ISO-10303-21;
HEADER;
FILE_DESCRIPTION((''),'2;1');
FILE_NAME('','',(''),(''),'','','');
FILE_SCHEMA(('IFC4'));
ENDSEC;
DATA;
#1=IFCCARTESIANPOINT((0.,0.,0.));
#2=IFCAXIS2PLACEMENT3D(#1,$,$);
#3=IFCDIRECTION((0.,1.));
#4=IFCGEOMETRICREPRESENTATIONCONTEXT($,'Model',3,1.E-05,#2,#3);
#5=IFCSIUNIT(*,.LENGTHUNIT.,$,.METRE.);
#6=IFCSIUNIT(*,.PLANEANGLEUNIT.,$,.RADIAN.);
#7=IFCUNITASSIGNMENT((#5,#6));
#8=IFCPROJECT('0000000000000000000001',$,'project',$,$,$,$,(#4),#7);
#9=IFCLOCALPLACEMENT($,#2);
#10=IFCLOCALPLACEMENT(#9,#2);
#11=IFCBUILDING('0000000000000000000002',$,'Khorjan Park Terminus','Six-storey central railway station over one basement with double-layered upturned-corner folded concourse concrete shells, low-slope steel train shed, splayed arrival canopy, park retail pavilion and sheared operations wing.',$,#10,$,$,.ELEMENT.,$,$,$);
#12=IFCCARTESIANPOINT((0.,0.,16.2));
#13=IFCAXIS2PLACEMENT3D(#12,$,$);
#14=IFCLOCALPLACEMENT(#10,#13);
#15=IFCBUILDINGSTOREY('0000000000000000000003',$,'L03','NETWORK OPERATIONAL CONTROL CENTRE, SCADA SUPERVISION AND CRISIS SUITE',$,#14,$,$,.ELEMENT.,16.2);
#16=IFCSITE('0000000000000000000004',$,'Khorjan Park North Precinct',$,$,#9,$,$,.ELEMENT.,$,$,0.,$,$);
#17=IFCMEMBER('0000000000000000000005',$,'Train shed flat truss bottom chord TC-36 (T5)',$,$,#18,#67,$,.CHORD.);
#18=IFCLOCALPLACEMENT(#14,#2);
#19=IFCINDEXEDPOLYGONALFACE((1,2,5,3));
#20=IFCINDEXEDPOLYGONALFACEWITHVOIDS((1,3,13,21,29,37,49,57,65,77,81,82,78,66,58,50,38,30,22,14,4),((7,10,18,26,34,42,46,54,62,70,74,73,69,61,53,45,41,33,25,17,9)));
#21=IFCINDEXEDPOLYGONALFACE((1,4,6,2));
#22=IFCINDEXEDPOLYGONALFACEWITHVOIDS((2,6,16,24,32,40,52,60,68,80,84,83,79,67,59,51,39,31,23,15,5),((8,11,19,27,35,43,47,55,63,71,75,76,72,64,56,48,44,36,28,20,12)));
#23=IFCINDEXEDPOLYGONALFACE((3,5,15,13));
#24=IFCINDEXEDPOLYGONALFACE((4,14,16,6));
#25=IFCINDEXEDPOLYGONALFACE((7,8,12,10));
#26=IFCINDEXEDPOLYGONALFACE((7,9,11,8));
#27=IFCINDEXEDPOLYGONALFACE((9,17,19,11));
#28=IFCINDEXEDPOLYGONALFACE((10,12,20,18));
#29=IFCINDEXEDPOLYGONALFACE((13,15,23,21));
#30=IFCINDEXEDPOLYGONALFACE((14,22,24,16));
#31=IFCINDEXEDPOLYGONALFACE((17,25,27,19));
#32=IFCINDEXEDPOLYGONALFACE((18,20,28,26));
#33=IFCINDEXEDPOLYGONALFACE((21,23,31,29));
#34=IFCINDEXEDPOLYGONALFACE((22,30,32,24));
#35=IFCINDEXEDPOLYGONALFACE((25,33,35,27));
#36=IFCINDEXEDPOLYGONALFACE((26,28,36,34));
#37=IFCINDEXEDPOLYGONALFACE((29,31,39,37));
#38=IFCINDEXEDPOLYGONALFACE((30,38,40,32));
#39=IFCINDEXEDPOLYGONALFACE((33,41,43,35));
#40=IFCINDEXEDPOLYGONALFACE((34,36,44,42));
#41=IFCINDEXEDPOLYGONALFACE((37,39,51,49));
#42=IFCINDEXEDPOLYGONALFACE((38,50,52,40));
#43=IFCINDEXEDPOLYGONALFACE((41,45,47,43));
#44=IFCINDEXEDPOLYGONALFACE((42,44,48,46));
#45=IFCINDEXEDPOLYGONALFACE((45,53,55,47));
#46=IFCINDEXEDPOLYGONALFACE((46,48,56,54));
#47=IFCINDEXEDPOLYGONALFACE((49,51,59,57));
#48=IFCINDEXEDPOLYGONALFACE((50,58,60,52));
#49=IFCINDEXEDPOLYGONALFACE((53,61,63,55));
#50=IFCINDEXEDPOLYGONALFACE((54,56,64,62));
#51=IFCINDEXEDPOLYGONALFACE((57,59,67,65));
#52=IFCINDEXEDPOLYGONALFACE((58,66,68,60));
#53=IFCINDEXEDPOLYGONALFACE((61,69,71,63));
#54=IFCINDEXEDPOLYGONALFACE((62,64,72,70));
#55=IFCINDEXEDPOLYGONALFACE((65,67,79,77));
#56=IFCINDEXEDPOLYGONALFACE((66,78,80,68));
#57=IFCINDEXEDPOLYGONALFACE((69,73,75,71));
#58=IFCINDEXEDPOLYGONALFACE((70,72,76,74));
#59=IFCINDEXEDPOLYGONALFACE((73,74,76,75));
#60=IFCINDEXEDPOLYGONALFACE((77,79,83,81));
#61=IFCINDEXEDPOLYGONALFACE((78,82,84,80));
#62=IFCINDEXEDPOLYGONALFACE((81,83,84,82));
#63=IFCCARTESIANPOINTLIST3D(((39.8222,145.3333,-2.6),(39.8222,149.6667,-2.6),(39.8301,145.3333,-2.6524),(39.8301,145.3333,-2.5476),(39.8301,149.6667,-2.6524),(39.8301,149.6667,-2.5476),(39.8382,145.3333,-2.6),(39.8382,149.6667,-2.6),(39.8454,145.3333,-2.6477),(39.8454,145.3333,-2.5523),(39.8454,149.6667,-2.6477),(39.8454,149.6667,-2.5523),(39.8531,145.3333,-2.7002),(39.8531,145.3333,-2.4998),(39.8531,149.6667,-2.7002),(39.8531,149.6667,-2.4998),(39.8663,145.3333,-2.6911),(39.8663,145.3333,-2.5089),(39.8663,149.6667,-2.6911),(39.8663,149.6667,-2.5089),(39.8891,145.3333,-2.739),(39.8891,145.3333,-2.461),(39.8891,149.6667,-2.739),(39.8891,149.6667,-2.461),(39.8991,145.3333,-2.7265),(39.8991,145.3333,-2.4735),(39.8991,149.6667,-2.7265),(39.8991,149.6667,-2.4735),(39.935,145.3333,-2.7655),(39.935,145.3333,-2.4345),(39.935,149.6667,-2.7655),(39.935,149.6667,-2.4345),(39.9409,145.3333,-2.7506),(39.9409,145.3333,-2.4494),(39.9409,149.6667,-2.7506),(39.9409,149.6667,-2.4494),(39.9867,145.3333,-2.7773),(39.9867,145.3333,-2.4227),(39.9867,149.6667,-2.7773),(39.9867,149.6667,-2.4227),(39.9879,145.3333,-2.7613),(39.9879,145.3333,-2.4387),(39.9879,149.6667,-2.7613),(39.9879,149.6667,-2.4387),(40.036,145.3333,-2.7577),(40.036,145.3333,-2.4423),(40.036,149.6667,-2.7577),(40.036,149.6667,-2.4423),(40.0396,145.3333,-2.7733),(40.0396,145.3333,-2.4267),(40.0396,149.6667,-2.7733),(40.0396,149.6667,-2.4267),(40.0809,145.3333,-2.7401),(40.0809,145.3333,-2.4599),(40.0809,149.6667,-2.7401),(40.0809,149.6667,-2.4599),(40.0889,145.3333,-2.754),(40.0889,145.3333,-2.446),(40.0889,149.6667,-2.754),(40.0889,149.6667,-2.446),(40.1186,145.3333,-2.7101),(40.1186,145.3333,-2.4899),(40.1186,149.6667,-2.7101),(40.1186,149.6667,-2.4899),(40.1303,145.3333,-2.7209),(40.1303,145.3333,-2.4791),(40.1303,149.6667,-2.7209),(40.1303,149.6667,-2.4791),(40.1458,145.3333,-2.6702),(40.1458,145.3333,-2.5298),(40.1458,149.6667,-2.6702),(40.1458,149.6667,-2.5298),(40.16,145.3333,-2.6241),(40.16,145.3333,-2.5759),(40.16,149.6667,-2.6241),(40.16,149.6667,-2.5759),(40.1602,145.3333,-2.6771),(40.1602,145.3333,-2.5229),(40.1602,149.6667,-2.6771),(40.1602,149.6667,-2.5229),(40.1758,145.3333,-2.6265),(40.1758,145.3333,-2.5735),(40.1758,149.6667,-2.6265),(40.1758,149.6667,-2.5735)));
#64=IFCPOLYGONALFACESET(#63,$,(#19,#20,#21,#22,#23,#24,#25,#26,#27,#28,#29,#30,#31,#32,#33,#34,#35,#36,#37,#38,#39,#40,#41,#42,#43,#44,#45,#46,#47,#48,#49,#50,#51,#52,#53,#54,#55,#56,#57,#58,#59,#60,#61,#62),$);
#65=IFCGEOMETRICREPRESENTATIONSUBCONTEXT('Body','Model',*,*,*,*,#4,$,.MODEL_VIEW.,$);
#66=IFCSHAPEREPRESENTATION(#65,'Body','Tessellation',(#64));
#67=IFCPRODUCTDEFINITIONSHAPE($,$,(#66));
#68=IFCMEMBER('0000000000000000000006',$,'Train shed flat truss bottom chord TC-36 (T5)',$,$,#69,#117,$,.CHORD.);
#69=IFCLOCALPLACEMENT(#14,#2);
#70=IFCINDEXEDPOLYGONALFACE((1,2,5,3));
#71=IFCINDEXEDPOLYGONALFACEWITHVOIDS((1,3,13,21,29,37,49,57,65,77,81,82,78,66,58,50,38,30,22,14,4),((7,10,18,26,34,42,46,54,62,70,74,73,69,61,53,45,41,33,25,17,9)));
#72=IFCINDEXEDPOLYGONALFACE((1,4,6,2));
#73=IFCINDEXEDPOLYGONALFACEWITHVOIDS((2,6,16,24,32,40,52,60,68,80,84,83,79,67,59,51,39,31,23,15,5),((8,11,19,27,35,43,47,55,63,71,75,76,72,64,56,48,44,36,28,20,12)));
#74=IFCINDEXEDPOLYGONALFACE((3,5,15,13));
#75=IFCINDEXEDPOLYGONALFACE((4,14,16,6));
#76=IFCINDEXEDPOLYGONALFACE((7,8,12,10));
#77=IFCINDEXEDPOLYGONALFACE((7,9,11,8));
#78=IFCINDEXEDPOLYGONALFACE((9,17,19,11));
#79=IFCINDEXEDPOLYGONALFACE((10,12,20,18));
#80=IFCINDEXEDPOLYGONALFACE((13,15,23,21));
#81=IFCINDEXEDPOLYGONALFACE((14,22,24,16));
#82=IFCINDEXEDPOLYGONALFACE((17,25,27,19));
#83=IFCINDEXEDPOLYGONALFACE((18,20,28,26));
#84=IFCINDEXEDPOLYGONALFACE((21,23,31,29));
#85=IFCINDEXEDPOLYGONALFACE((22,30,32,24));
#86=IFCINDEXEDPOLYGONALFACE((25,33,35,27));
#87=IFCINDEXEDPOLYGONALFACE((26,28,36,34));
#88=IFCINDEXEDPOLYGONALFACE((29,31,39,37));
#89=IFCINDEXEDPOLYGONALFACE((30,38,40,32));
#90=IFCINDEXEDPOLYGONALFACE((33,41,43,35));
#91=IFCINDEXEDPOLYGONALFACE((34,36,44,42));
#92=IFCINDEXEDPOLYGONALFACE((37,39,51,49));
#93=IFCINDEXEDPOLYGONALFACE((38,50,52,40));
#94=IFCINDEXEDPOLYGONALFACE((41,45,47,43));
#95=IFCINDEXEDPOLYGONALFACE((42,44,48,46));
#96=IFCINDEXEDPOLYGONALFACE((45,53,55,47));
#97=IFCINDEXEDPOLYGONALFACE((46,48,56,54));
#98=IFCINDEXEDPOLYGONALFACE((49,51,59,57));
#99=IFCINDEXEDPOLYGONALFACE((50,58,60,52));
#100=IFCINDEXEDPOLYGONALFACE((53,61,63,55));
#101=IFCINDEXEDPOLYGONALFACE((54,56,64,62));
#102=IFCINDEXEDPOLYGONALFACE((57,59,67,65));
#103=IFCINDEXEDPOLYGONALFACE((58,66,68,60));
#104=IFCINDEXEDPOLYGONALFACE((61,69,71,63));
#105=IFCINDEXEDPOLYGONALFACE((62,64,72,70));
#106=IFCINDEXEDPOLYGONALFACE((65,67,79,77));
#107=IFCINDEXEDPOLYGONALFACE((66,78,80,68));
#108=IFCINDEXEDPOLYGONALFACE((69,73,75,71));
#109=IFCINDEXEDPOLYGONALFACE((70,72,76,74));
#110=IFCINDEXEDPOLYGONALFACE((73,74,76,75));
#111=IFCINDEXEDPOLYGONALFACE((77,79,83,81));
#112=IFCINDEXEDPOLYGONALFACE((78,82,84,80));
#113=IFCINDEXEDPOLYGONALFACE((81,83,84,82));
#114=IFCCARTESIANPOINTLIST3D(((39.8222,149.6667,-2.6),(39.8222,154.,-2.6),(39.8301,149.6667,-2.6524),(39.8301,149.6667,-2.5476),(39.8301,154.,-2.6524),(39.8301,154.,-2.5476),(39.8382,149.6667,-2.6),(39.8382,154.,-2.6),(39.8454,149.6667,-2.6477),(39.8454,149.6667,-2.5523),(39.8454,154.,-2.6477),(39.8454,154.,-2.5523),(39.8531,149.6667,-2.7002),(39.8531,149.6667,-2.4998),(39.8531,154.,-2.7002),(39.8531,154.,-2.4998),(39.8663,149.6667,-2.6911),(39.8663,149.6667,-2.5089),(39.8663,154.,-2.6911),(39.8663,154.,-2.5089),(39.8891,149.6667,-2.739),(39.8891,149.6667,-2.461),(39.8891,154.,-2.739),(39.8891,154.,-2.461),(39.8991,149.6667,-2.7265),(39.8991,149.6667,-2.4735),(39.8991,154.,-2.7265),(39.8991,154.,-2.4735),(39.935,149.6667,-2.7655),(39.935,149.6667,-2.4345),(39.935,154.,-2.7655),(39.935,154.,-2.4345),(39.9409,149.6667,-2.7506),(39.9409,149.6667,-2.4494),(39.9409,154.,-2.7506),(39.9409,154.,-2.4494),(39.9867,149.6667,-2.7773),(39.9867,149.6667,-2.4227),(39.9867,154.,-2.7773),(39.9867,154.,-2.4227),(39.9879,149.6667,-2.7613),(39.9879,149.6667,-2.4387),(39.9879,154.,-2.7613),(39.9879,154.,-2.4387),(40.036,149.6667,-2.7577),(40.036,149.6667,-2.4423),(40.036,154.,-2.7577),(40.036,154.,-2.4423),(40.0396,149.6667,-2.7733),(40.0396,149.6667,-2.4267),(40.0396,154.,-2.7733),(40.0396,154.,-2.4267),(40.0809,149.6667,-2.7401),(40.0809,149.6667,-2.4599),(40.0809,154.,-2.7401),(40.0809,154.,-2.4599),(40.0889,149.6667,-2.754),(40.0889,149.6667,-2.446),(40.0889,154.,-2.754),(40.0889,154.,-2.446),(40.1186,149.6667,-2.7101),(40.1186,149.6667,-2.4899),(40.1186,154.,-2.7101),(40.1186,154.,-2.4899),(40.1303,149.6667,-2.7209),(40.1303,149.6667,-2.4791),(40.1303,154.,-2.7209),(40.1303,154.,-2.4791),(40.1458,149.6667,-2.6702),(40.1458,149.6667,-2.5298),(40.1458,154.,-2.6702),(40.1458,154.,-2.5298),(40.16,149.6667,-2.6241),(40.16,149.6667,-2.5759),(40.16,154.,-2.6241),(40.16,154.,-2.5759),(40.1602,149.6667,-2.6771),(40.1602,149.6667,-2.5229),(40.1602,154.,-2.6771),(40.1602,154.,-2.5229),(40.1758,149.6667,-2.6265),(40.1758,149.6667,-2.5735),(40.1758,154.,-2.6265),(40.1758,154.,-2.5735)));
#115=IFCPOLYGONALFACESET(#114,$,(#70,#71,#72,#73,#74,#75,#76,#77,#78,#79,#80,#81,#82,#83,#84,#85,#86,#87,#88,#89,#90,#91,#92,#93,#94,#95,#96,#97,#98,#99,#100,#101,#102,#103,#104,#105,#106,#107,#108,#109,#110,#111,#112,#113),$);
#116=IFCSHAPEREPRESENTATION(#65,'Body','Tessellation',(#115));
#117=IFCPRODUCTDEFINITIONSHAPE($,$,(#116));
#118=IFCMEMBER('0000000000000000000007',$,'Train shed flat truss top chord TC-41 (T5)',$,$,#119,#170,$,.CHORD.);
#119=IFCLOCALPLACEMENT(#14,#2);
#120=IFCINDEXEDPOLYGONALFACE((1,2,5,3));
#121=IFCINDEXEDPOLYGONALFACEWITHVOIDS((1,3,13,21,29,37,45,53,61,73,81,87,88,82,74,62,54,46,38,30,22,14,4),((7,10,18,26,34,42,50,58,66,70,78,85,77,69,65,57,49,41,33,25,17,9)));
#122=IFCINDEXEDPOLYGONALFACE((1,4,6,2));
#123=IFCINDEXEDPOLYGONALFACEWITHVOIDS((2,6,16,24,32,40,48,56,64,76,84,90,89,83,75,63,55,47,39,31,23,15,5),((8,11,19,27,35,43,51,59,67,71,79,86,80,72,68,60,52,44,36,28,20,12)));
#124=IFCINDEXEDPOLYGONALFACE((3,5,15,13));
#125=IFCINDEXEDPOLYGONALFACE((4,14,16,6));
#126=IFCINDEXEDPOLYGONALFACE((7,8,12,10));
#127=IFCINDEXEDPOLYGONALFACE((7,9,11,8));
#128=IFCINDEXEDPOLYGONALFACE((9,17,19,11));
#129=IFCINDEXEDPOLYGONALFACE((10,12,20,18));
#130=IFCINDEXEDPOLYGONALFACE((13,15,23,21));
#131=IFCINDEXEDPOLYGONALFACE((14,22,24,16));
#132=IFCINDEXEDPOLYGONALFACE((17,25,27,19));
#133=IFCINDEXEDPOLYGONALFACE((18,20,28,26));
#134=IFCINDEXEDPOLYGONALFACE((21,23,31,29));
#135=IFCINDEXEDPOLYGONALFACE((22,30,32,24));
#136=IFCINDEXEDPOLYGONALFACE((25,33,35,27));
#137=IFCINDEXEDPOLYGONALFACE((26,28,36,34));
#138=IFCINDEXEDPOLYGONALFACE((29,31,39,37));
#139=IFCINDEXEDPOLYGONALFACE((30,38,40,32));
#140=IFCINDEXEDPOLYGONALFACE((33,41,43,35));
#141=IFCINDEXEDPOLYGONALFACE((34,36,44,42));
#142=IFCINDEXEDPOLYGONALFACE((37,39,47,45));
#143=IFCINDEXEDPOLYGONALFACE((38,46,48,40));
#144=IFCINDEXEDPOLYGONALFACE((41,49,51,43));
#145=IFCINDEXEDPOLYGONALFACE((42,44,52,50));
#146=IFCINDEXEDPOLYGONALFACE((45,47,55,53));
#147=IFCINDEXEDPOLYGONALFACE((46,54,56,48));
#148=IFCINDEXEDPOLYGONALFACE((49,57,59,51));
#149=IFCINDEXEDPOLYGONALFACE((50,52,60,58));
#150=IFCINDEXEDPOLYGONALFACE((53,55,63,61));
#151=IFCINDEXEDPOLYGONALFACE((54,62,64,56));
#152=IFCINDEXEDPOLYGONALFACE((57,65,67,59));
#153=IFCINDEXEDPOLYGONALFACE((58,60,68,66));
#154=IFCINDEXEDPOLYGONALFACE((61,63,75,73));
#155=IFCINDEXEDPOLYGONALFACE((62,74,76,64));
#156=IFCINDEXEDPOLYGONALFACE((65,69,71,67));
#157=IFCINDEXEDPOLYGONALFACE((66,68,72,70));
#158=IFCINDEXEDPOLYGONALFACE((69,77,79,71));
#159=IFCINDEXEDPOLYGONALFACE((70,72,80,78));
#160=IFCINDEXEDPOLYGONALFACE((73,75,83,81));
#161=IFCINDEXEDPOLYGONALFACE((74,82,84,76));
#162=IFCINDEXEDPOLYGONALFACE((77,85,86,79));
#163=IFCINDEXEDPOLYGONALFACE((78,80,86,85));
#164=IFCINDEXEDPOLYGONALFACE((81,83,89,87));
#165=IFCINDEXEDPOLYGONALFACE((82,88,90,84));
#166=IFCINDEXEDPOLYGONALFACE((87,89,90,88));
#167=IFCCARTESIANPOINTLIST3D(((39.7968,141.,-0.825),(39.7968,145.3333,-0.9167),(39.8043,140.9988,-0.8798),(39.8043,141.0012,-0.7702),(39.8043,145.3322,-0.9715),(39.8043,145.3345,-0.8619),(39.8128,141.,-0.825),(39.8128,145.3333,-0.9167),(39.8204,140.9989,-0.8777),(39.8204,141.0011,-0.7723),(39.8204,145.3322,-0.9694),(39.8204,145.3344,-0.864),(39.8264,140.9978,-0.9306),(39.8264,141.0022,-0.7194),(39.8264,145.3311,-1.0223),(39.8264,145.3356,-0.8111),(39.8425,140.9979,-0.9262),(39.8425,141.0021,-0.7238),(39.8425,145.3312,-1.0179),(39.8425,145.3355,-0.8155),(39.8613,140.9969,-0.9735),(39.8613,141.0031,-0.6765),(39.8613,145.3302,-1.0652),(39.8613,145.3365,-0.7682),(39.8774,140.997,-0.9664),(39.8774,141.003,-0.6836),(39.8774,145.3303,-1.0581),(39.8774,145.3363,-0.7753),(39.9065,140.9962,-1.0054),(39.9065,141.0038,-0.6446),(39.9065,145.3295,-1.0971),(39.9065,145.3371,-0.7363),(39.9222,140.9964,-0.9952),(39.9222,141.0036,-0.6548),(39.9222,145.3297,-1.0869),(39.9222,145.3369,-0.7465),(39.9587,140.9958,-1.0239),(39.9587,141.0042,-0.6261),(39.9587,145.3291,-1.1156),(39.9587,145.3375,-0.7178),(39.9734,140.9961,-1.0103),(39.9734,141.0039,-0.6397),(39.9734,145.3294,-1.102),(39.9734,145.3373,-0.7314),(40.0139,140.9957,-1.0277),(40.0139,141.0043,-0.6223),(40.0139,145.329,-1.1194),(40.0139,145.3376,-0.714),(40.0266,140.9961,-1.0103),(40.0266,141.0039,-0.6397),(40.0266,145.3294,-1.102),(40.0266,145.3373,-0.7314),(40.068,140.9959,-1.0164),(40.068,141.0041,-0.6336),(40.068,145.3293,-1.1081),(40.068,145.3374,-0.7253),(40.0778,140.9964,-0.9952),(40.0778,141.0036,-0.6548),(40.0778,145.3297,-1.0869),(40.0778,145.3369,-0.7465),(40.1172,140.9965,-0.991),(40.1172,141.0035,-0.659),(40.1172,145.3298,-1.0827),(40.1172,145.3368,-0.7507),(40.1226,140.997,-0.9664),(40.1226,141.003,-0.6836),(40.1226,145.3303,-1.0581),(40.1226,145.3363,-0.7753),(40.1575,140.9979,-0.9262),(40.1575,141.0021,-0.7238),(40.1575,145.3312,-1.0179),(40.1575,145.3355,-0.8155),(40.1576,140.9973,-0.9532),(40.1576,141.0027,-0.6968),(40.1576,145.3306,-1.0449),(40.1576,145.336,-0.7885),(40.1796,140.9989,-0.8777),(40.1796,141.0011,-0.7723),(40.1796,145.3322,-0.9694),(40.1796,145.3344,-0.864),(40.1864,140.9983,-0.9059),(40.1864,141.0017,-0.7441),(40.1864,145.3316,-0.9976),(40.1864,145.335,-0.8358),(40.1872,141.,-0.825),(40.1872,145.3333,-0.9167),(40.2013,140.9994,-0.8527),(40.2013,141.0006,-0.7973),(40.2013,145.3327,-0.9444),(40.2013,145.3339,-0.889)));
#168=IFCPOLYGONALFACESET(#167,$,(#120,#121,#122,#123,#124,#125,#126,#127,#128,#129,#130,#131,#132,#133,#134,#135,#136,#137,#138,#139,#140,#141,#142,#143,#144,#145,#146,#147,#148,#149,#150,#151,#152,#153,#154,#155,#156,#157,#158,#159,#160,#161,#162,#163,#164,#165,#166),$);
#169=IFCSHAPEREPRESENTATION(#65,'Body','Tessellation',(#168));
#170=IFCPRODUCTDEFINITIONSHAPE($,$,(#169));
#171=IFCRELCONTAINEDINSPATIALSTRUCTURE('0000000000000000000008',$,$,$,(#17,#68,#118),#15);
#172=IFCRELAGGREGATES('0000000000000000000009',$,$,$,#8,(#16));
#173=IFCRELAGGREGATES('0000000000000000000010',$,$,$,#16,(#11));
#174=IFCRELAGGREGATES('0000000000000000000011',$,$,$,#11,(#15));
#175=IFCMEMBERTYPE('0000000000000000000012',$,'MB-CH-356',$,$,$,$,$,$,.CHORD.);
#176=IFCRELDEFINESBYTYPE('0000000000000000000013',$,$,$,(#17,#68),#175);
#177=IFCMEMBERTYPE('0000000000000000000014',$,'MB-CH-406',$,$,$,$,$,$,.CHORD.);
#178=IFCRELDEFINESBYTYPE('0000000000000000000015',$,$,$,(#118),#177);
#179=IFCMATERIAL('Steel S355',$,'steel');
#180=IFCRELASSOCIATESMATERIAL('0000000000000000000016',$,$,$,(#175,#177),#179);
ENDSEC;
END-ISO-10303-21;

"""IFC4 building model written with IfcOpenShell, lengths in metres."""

from ifc_helpers import new_model, si_unit, direction, frame, origin, origin_2d, place, context, subcontext, project, spatial, hollow_circle, extrude, material, material_profile, profile_set, type_object, element, save


model = new_model("IFC4")

# Units and contexts
model_context = context("Model", 3, precision=1e-05, world=origin(), true_north=direction((0.0, 1.0)))
body_context = subcontext(model_context, "Body", "Model", "MODEL_VIEW")
ifc_project = project(units=[si_unit("LENGTHUNIT", "METRE"), si_unit("PLANEANGLEUNIT", "RADIAN")], contexts=[model_context])

# Site, building, storey
site_placement = place(None, origin())
site = spatial("IfcSite", under=ifc_project, at=site_placement, Name="Khorjan Park North Precinct", CompositionType="ELEMENT", RefElevation=0.0)
building_placement = place(site_placement, origin())
building = spatial("IfcBuilding", under=site, at=building_placement, Name="Khorjan Park Terminus", Description="Six-storey central railway station over one basement with double-layered upturned-corner folded concourse concrete shells, low-slope steel train shed, splayed arrival canopy, park retail pavilion and sheared operations wing.", CompositionType="ELEMENT")
storey_placement = place(building_placement, frame((0.0, 0.0, 16.2)))
storey = spatial("IfcBuildingStorey", under=building, at=storey_placement, Name="L03", Description="NETWORK OPERATIONAL CONTROL CENTRE, SCADA SUPERVISION AND CRISIS SUITE", CompositionType="ELEMENT", Elevation=16.2)

# Members
ifc_material = material(Name="Steel S355", Category="steel")
ifc_material_profile_1 = material_profile(ifc_material, hollow_circle(Radius=0.1778, WallThickness=0.016, at=origin_2d()), Name="CHS 355.6x16")
ifc_profile_set_1 = profile_set([ifc_material_profile_1], Name="Steel S355")
member_type_1 = type_object("IfcMemberType", Name="MB-CH-356", PredefinedType="CHORD", material=ifc_profile_set_1)
member_1_placement = place(storey_placement, frame((40.0, 145.3333, -2.6), z_axis=(0.0, 1.0, 0.0), x_axis=(-1.0, 0.0, 0.0)))
element("IfcMember", 1, at=member_1_placement, inside=storey, type_object=member_type_1, Name="Train shed flat truss bottom chord TC-36 (T5)", PredefinedType="CHORD", context=body_context, shape_type="SweptSolid", body=[
    extrude(hollow_circle(Radius=0.1778, WallThickness=0.016, at=origin_2d()), origin(), (0.0, 0.0, 1.0), 4.3334),
])
member_2_placement = place(storey_placement, frame((40.0, 149.6667, -2.6), z_axis=(0.0, 1.0, 0.0), x_axis=(-1.0, 0.0, 0.0)))
element("IfcMember", 2, at=member_2_placement, inside=storey, type_object=member_type_1, Name="Train shed flat truss bottom chord TC-36 (T5)", PredefinedType="CHORD", context=body_context, shape_type="SweptSolid", body=[
    extrude(hollow_circle(Radius=0.1778, WallThickness=0.016, at=origin_2d()), origin(), (0.0, 0.0, 1.0), 4.3333),
])
ifc_material_profile_2 = material_profile(ifc_material, hollow_circle(Radius=0.2032, WallThickness=0.016, at=origin_2d()), Name="CHS 406.4x16")
ifc_profile_set_2 = profile_set([ifc_material_profile_2], Name="Steel S355")
member_type_2 = type_object("IfcMemberType", Name="MB-CH-406", PredefinedType="CHORD", material=ifc_profile_set_2)
member_3_placement = place(storey_placement, frame((40.0, 141.0, -0.825), z_axis=(0.0, 0.999776, -0.021157), x_axis=(-1.0, 0.0, 0.0)))
element("IfcMember", 3, at=member_3_placement, inside=storey, type_object=member_type_2, Name="Train shed flat truss top chord TC-41 (T5)", PredefinedType="CHORD", context=body_context, shape_type="SweptSolid", body=[
    extrude(hollow_circle(Radius=0.2032, WallThickness=0.016, at=origin_2d()), origin(), (0.0, 0.0, 1.0), 4.3343),
])

save(model, "model.ifc")
